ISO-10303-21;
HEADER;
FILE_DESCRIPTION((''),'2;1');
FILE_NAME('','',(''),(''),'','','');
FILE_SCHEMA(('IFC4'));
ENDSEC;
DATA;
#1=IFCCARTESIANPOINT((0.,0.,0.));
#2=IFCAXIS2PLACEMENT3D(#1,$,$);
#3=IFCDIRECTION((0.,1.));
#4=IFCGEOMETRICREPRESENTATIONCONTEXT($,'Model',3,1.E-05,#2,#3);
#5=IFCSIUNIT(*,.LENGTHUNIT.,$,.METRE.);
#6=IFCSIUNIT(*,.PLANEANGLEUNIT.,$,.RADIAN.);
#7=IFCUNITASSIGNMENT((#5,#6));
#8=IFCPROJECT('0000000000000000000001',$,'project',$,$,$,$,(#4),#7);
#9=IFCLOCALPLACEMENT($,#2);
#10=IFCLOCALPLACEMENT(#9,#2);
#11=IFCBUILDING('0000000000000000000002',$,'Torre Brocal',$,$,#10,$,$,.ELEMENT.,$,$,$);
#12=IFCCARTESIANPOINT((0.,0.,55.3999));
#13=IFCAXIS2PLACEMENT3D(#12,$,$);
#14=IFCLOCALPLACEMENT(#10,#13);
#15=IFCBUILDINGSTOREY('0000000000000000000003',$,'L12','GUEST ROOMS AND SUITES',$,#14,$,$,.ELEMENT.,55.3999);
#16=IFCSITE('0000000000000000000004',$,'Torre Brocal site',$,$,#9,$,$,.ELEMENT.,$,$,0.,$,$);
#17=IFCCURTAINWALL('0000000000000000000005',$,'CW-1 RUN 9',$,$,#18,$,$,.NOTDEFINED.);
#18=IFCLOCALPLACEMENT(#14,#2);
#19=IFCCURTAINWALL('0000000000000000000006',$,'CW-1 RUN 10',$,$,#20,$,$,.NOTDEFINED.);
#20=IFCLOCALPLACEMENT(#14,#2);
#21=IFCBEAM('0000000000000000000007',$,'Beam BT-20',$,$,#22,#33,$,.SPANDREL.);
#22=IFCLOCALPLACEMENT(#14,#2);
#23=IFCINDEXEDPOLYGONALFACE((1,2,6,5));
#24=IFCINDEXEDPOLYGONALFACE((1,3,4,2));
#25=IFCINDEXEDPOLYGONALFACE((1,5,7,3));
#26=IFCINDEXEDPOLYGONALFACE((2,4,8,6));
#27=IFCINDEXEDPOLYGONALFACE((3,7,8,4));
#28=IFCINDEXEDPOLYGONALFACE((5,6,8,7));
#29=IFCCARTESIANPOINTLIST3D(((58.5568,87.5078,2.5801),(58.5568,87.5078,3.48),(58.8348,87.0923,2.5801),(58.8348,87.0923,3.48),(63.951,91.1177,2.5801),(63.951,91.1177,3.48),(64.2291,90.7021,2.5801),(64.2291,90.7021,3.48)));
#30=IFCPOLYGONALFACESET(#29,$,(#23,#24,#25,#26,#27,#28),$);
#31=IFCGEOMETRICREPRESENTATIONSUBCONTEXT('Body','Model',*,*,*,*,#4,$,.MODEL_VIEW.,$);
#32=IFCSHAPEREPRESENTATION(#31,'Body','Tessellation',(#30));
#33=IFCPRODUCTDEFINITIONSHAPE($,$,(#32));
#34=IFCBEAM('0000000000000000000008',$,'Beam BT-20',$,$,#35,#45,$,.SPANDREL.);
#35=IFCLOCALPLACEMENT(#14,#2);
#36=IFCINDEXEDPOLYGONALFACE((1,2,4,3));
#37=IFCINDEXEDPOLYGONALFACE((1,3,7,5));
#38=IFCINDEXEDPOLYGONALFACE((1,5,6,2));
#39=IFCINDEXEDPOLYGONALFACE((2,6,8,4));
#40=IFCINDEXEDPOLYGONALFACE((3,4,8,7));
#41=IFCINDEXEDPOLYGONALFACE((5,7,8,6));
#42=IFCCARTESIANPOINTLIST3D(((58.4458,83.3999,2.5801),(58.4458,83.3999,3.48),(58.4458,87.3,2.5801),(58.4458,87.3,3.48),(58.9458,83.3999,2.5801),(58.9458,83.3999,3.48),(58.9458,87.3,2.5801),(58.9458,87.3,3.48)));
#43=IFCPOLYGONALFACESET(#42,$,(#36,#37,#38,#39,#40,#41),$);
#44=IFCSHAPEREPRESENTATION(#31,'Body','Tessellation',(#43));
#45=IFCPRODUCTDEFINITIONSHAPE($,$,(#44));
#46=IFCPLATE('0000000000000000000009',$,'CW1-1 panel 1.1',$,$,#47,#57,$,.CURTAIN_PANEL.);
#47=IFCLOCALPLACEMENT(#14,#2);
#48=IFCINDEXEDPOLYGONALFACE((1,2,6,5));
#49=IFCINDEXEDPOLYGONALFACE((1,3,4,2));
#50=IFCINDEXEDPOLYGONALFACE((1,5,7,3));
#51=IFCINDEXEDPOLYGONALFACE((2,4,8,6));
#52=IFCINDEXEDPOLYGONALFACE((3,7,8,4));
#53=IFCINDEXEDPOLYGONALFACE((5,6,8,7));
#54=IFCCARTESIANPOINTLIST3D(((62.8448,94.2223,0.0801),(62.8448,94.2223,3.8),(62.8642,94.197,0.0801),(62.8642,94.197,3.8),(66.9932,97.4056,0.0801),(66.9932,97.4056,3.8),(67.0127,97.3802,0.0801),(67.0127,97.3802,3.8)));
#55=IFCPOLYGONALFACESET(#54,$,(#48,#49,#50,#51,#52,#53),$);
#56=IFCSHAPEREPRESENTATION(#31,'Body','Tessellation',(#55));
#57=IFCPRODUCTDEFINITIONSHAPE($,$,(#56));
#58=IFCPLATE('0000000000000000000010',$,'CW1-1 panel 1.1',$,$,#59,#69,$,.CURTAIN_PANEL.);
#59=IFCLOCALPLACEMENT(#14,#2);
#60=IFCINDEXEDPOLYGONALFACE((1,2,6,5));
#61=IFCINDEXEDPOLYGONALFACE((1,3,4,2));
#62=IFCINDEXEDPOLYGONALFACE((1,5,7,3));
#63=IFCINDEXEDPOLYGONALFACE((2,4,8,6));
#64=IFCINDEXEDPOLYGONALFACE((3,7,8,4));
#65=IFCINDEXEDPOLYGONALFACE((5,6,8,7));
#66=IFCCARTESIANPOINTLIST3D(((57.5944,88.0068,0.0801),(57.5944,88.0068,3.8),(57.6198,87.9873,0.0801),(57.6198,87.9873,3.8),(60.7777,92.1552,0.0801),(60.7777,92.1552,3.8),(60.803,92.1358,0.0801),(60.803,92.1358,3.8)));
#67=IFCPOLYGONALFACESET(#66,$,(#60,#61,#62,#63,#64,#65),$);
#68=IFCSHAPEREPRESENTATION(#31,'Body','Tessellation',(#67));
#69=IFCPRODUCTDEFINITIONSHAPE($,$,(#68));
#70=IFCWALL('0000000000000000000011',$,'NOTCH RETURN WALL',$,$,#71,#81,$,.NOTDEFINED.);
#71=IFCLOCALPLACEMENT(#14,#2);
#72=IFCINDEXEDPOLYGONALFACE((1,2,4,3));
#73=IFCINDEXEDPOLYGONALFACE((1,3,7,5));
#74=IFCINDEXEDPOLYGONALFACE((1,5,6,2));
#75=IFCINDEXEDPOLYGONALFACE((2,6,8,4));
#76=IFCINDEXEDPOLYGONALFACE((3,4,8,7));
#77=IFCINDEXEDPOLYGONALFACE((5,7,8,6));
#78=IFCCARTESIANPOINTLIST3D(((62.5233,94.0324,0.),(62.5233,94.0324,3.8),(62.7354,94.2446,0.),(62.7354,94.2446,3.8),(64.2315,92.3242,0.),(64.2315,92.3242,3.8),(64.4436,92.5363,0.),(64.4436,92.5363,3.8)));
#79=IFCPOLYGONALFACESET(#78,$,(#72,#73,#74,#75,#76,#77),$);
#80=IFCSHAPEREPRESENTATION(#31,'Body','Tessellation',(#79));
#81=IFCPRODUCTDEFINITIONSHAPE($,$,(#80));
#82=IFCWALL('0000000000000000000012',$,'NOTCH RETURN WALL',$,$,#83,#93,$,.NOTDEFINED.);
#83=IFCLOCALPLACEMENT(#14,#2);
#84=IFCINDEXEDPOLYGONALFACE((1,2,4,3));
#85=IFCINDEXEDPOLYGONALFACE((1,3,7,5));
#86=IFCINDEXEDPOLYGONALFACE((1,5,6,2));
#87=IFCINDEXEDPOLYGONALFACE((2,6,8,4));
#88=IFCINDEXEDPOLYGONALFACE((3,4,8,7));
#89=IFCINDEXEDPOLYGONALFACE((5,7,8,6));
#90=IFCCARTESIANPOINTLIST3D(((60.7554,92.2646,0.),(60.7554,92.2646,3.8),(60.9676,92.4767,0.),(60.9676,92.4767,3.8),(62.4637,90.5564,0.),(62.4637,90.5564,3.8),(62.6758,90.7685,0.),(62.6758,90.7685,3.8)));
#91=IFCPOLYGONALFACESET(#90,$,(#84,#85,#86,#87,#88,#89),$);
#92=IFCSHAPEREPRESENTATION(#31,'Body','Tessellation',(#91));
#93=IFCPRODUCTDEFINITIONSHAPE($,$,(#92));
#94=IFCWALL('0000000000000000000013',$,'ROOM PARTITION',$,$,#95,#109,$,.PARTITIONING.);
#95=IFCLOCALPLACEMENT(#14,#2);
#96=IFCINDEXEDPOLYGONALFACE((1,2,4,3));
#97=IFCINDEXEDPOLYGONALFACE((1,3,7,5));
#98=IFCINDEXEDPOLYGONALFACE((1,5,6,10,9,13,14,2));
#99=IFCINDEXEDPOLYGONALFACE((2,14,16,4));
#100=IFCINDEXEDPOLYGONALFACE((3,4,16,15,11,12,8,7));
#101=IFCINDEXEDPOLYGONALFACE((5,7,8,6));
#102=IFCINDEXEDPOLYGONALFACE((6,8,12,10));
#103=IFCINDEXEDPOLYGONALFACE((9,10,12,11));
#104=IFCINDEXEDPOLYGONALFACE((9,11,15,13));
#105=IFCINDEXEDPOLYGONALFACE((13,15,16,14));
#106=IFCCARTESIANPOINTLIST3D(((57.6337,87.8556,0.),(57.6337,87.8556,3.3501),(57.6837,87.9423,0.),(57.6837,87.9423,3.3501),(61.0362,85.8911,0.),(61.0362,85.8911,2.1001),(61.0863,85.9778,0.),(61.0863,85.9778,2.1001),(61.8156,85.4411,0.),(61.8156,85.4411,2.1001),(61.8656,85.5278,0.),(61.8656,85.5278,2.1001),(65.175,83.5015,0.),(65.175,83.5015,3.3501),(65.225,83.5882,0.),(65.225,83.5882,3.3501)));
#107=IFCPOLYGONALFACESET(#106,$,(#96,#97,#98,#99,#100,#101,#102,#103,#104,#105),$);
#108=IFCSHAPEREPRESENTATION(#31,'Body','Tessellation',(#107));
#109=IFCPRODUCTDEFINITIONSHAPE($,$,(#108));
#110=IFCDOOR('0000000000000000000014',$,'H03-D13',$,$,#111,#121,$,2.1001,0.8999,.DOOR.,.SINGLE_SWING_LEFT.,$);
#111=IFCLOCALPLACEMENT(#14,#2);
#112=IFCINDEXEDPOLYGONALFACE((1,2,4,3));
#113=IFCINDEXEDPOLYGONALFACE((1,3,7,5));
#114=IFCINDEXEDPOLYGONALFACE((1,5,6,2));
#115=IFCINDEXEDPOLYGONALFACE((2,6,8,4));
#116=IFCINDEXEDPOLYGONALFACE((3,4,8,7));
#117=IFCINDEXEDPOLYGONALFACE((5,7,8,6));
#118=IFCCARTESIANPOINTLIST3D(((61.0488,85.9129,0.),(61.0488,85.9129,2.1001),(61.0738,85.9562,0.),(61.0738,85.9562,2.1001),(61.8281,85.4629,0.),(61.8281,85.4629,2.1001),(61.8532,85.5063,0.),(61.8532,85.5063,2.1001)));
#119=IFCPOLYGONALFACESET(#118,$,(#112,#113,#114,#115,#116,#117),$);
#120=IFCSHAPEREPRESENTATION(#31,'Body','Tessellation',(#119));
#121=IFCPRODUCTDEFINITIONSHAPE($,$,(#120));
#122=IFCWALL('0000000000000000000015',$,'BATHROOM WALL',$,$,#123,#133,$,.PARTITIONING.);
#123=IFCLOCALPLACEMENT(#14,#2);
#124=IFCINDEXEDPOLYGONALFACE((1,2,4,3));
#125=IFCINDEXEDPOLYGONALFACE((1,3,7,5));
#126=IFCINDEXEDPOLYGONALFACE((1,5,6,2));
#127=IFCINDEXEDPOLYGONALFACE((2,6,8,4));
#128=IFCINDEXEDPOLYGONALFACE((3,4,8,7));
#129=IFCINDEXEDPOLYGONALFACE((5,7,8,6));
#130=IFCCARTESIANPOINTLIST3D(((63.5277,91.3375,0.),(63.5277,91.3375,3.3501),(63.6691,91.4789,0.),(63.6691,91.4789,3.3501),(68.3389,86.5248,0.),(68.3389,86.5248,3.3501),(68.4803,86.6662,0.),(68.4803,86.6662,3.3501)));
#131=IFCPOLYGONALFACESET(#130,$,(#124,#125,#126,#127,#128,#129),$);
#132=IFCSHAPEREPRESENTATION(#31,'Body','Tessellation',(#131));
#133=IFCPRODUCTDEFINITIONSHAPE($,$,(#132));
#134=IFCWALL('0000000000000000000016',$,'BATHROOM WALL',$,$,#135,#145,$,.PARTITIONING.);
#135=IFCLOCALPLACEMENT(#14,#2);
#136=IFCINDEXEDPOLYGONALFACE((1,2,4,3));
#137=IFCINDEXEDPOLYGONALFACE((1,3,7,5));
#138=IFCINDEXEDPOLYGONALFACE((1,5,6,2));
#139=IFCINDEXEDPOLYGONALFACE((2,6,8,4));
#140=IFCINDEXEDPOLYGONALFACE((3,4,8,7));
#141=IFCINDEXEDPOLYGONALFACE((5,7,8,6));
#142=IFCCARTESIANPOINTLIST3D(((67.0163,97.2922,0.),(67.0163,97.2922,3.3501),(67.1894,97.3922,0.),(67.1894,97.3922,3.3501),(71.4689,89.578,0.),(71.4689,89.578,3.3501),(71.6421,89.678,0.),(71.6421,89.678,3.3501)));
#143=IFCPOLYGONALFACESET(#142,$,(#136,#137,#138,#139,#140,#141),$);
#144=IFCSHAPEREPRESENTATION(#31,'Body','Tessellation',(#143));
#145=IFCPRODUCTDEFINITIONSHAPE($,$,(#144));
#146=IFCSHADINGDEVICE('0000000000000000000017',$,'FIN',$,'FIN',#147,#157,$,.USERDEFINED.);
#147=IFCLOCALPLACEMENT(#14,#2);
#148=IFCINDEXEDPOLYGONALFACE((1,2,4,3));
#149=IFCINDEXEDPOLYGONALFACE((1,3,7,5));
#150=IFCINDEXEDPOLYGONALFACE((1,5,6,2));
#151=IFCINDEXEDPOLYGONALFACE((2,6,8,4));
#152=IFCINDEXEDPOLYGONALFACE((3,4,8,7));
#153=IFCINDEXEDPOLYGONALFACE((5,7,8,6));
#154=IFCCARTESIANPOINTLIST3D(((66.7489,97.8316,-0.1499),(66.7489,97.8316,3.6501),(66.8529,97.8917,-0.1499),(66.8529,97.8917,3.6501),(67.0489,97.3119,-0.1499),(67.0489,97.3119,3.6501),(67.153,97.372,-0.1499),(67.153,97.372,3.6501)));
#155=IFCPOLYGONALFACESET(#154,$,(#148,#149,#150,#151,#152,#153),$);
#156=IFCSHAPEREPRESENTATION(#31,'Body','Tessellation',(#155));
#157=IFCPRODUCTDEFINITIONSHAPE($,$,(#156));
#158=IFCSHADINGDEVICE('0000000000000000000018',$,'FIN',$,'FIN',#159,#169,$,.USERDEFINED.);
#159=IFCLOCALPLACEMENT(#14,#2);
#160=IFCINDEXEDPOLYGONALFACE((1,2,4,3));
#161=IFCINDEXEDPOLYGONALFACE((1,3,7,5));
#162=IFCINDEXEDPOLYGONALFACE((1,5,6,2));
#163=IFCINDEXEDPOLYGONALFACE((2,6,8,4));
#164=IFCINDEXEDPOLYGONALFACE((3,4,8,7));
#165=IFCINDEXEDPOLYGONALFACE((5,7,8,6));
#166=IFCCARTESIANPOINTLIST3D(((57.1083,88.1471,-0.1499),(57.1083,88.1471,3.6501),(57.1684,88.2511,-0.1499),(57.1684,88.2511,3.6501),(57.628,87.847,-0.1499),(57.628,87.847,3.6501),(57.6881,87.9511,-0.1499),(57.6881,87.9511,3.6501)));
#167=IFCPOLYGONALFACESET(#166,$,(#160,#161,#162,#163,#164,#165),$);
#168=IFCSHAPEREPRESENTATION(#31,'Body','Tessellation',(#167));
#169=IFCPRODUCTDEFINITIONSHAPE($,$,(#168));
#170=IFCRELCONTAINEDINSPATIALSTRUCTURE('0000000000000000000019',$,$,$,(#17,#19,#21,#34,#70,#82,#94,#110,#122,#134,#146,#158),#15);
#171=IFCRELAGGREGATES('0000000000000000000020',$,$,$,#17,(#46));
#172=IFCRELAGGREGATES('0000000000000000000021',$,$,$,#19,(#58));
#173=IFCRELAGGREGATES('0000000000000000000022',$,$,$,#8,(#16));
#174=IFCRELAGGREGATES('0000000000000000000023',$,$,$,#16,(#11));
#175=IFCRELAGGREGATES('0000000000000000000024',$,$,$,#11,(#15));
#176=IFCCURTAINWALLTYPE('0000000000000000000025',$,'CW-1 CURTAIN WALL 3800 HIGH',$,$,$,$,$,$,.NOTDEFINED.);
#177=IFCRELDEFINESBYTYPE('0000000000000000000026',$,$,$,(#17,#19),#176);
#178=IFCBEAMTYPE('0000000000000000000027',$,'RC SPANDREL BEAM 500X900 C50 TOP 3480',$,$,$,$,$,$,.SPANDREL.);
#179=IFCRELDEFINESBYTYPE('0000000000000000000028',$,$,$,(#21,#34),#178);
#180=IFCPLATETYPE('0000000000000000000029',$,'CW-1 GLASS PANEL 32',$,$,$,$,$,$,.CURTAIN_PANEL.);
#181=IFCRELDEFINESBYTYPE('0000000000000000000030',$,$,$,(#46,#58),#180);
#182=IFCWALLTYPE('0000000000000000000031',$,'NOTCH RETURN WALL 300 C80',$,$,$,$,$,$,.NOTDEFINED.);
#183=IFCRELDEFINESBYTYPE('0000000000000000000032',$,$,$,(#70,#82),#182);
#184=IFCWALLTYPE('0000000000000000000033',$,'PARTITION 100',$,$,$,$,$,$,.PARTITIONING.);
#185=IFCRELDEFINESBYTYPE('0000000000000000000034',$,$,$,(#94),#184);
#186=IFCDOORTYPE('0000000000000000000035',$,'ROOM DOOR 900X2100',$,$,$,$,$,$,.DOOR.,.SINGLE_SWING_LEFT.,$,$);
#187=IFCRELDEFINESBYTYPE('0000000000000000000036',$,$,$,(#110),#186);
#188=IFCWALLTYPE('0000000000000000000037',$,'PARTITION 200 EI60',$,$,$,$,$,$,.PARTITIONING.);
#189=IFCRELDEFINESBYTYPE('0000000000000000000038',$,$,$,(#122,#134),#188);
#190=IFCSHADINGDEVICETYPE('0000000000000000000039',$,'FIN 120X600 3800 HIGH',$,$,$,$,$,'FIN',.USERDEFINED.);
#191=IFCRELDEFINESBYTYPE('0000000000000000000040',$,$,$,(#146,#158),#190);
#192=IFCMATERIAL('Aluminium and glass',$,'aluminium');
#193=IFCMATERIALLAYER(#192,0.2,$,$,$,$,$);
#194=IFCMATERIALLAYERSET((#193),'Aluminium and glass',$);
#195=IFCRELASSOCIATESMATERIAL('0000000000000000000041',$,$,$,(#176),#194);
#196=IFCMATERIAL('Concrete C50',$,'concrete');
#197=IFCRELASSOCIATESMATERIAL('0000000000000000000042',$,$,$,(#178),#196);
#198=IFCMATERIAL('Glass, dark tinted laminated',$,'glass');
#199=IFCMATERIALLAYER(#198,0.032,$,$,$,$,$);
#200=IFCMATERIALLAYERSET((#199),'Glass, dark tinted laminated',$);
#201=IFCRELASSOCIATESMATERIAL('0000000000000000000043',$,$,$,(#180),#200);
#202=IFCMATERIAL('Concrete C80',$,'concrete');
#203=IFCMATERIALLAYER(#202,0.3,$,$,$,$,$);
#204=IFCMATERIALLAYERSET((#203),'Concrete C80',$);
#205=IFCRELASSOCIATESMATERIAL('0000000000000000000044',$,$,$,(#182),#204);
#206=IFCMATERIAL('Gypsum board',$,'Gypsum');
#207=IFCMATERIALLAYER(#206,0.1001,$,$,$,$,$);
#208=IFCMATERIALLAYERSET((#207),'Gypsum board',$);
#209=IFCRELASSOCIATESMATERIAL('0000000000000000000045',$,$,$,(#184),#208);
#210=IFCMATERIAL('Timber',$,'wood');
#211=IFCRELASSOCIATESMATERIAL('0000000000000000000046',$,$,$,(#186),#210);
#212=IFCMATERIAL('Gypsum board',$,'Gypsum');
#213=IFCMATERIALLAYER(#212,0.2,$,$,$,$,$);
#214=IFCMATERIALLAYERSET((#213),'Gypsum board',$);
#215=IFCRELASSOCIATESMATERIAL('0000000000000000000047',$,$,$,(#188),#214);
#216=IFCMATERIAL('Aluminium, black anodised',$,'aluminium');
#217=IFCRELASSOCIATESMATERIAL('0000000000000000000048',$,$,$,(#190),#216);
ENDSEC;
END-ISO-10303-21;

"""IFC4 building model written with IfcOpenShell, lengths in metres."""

from ifc_helpers import new_model, si_unit, direction, frame, frame_2d, origin, origin_2d, place, context, subcontext, project, spatial, rectangle, extrude, material, layer, layer_set, material_profile, profile_set, type_object, element, fill, aggregate, save


model = new_model("IFC4")

# Units and contexts
model_context = context("Model", 3, precision=1e-05, world=origin(), true_north=direction((0.0, 1.0)))
body_context = subcontext(model_context, "Body", "Model", "MODEL_VIEW")
ifc_project = project(units=[si_unit("LENGTHUNIT", "METRE"), si_unit("PLANEANGLEUNIT", "RADIAN")], contexts=[model_context])

# Site, building, storey
site_placement = place(None, origin())
site = spatial("IfcSite", under=ifc_project, at=site_placement, Name="Torre Brocal site", CompositionType="ELEMENT", RefElevation=0.0)
building_placement = place(site_placement, origin())
building = spatial("IfcBuilding", under=site, at=building_placement, Name="Torre Brocal", CompositionType="ELEMENT")
storey_placement = place(building_placement, frame((0.0, 0.0, 55.3999)))
storey = spatial("IfcBuildingStorey", under=building, at=storey_placement, Name="L12", Description="GUEST ROOMS AND SUITES", CompositionType="ELEMENT", Elevation=55.3999)

# Shared definitions
ifc_material_1 = material(Name="Aluminium and glass", Category="aluminium")
ifc_layer_1 = layer(ifc_material_1, 0.2)
ifc_layer_set_1 = layer_set([ifc_layer_1], Name="Aluminium and glass")
curtain_wall_type = type_object("IfcCurtainWallType", Name="CW-1 CURTAIN WALL 3800 HIGH", PredefinedType="NOTDEFINED", material=ifc_layer_set_1)

# Curtain walls
curtain_wall_1_placement = place(storey_placement, origin())
curtain_wall_1 = element("IfcCurtainWall", 1, at=curtain_wall_1_placement, inside=storey, type_object=curtain_wall_type, Name="CW-1 RUN 9", PredefinedType="NOTDEFINED")
curtain_wall_2_placement = place(storey_placement, origin())
curtain_wall_2 = element("IfcCurtainWall", 2, at=curtain_wall_2_placement, inside=storey, type_object=curtain_wall_type, Name="CW-1 RUN 10", PredefinedType="NOTDEFINED")

# Beams
ifc_material_2 = material(Name="Concrete C50", Category="concrete")
ifc_material_profile_1 = material_profile(ifc_material_2, rectangle(XDim=0.5, YDim=0.8999, at=origin_2d()), Name="RC 500X900")
ifc_profile_set_1 = profile_set([ifc_material_profile_1], Name="Concrete C50")
beam_type_1 = type_object("IfcBeamType", Name="RC SPANDREL BEAM 500X900 C50 TOP 3480", PredefinedType="SPANDREL", material=ifc_profile_set_1)
beam_1_placement = place(storey_placement, frame((64.0901, 90.9099, 3.03), z_axis=(-0.831077, -0.556158, 0.0), x_axis=(0.556158, -0.831077, 0.0)))
element("IfcBeam", 3, at=beam_1_placement, inside=storey, type_object=beam_type_1, Name="Beam BT-20", PredefinedType="SPANDREL", context=body_context, shape_type="SweptSolid", body=[
    extrude(rectangle(XDim=0.5, YDim=0.8999, at=origin_2d()), origin(), (0.0, 0.0, 1.0), 6.4907),
])
beam_2_placement = place(storey_placement, frame((58.6958, 87.3, 3.03), z_axis=(0.0, -1.0, 0.0), x_axis=(1.0, 0.0, 0.0)))
element("IfcBeam", 4, at=beam_2_placement, inside=storey, type_object=beam_type_1, Name="Beam BT-20", PredefinedType="SPANDREL", context=body_context, shape_type="SweptSolid", body=[
    extrude(rectangle(XDim=0.5, YDim=0.8999, at=origin_2d()), origin(), (0.0, 0.0, 1.0), 3.9001),
])

# Plates
ifc_material_3 = material(Name="Glass, dark tinted laminated", Category="glass")
ifc_layer_2 = layer(ifc_material_3, 0.032)
ifc_layer_set_2 = layer_set([ifc_layer_2], Name="Glass, dark tinted laminated")
plate_type = type_object("IfcPlateType", Name="CW-1 GLASS PANEL 32", PredefinedType="CURTAIN_PANEL", material=ifc_layer_set_2)
plate_1_placement = place(storey_placement, frame((64.9287, 95.8013, 0.0801), z_axis=(0.0, 0.0, 1.0), x_axis=(-0.793353, -0.608761, 0.0)))
plate_1 = element("IfcPlate", 5, at=plate_1_placement, type_object=plate_type, Name="CW1-1 panel 1.1", PredefinedType="CURTAIN_PANEL", context=body_context, shape_type="SweptSolid", body=[
    extrude(rectangle(XDim=5.229, YDim=0.032, at=origin_2d()), origin(), (0.0, 0.0, 1.0), 3.72),
])
aggregate(curtain_wall_1, [plate_1])
plate_2_placement = place(storey_placement, frame((59.1987, 90.0713, 0.0801), z_axis=(0.0, 0.0, 1.0), x_axis=(-0.608761, -0.793353, 0.0)))
plate_2 = element("IfcPlate", 6, at=plate_2_placement, type_object=plate_type, Name="CW1-1 panel 1.1", PredefinedType="CURTAIN_PANEL", context=body_context, shape_type="SweptSolid", body=[
    extrude(rectangle(XDim=5.229, YDim=0.032, at=origin_2d()), origin(), (0.0, 0.0, 1.0), 3.72),
])
aggregate(curtain_wall_2, [plate_2])

# Walls
ifc_material_4 = material(Name="Concrete C80", Category="concrete")
ifc_layer_3 = layer(ifc_material_4, 0.3)
ifc_layer_set_3 = layer_set([ifc_layer_3], Name="Concrete C80")
wall_type_1 = type_object("IfcWallType", Name="NOTCH RETURN WALL 300 C80", PredefinedType="NOTDEFINED", material=ifc_layer_set_3)
for number, where, z_axis, x_axis, name in (
    (7, (64.3376, 92.4302, 0.0), (0.0, 0.0, 1.0), (-0.707107, 0.707107, 0.0), "NOTCH RETURN WALL"),
    (8, (62.5698, 90.6624, 0.0), (0.0, 0.0, 1.0), (-0.707107, 0.707107, 0.0), "NOTCH RETURN WALL"),
):
    element("IfcWall", number, at=place(storey_placement, frame(where, z_axis=z_axis, x_axis=x_axis)), inside=storey, type_object=wall_type_1, Name=name, PredefinedType="NOTDEFINED", context=body_context, shape_type="SweptSolid", body=[
        extrude(rectangle(XDim=2.4158, YDim=0.3, at=frame_2d((1.208, 0.0))), origin(), (0.0, 0.0, 1.0), 3.8),
    ])

# Wall, opening, door
ifc_material_5 = material(Name="Gypsum board", Category="Gypsum")
ifc_layer_4 = layer(ifc_material_5, 0.1001)
ifc_layer_set_4 = layer_set([ifc_layer_4], Name="Gypsum board")
wall_type_2 = type_object("IfcWallType", Name="PARTITION 100", PredefinedType="PARTITIONING", material=ifc_layer_set_4)
wall_1_placement = place(storey_placement, frame((57.6587, 87.8989, 0.0), z_axis=(0.0, 0.0, 1.0), x_axis=(0.866023, -0.500005, 0.0)))
wall_1 = element("IfcWall", 9, at=wall_1_placement, inside=storey, type_object=wall_type_2, Name="ROOM PARTITION", PredefinedType="PARTITIONING", context=body_context, shape_type="SweptSolid", body=[
    extrude(rectangle(XDim=8.708, YDim=0.1001, at=frame_2d((4.354, 0.0))), origin(), (0.0, 0.0, 1.0), 3.3501),
])
opening_placement = place(wall_1_placement, frame((3.929, 0.0, 0.0)))
opening = element("IfcOpeningElement", 10, at=opening_placement, cuts=wall_1, PredefinedType="OPENING", context=body_context, shape_type="SweptSolid", body=[
    extrude(rectangle(XDim=0.8999, YDim=2.1001, at=frame_2d((0.45, 1.05))), frame((0.0, 0.0601, 0.0), z_axis=(0.0, -1.0, 0.0), x_axis=(1.0, 0.0, 0.0)), (0.0, 0.0, 1.0), 0.1201),
])
ifc_material_6 = material(Name="Timber", Category="wood")
door_type = type_object("IfcDoorType", Name="ROOM DOOR 900X2100", OperationType="SINGLE_SWING_LEFT", PredefinedType="DOOR", material=ifc_material_6)
door_placement = place(opening_placement, frame((0.8999, 0.0, 0.0), z_axis=(0.0, 0.0, 1.0), x_axis=(-1.0, 0.0, 0.0)))
door = element("IfcDoor", 11, at=door_placement, inside=storey, type_object=door_type, Name="H03-D13", OperationType="SINGLE_SWING_LEFT", OverallHeight=2.1001, OverallWidth=0.8999, PredefinedType="DOOR", context=body_context, shape_type="SweptSolid", body=[
    extrude(rectangle(XDim=0.8999, YDim=2.1001, at=frame_2d((0.45, 1.05))), frame((0.0, 0.0249, 0.0), z_axis=(0.0, -1.0, 0.0), x_axis=(1.0, 0.0, 0.0)), (0.0, 0.0, 1.0), 0.05),
])
fill(opening, door)

# Walls
ifc_material_7 = material(Name="Gypsum board", Category="Gypsum")
ifc_layer_5 = layer(ifc_material_7, 0.2)
ifc_layer_set_5 = layer_set([ifc_layer_5], Name="Gypsum board")
wall_type_3 = type_object("IfcWallType", Name="PARTITION 200 EI60", PredefinedType="PARTITIONING", material=ifc_layer_set_5)
wall_2_placement = place(storey_placement, frame((63.5984, 91.4082, 0.0), z_axis=(0.0, 0.0, 1.0), x_axis=(0.706999, -0.707214, 0.0)))
element("IfcWall", 12, at=wall_2_placement, inside=storey, type_object=wall_type_3, Name="BATHROOM WALL", PredefinedType="PARTITIONING", context=body_context, shape_type="SweptSolid", body=[
    extrude(rectangle(XDim=6.8052, YDim=0.2, at=frame_2d((3.4026, 0.0))), origin(), (0.0, 0.0, 1.0), 3.3501),
])
wall_3_placement = place(storey_placement, frame((67.1028, 97.3423, 0.0), z_axis=(0.0, 0.0, 1.0), x_axis=(0.499907, -0.866079, 0.0)))
element("IfcWall", 13, at=wall_3_placement, inside=storey, type_object=wall_type_3, Name="BATHROOM WALL", PredefinedType="PARTITIONING", context=body_context, shape_type="SweptSolid", body=[
    extrude(rectangle(XDim=8.907, YDim=0.2, at=frame_2d((4.4536, 0.0))), origin(), (0.0, 0.0, 1.0), 3.3501),
])

# Shading devices
ifc_material_8 = material(Name="Aluminium, black anodised", Category="aluminium")
ifc_material_profile_2 = material_profile(ifc_material_8, rectangle(XDim=0.1201, YDim=0.6001, at=origin_2d()), Name="FIN 120X600 3800 HIGH")
ifc_profile_set_2 = profile_set([ifc_material_profile_2], Name="Aluminium, black anodised")
shading_device_type = type_object("IfcShadingDeviceType", Name="FIN 120X600 3800 HIGH", ElementType="FIN", PredefinedType="USERDEFINED", material=ifc_profile_set_2)
for number, where, z_axis, x_axis, name in (
    (14, (66.9509, 97.6018, -0.1499), (0.0, 0.0, 1.0), (-0.866025, -0.5, 0.0), "FIN"),
    (15, (57.3982, 88.0491, -0.1499), (0.0, 0.0, 1.0), (-0.5, -0.866025, 0.0), "FIN"),
):
    element("IfcShadingDevice", number, at=place(storey_placement, frame(where, z_axis=z_axis, x_axis=x_axis)), inside=storey, type_object=shading_device_type, Name=name, ObjectType="FIN", PredefinedType="USERDEFINED", context=body_context, shape_type="SweptSolid", body=[
        extrude(rectangle(XDim=0.1201, YDim=0.6001, at=origin_2d()), origin(), (0.0, 0.0, 1.0), 3.8),
    ])

save(model, "model.ifc")
